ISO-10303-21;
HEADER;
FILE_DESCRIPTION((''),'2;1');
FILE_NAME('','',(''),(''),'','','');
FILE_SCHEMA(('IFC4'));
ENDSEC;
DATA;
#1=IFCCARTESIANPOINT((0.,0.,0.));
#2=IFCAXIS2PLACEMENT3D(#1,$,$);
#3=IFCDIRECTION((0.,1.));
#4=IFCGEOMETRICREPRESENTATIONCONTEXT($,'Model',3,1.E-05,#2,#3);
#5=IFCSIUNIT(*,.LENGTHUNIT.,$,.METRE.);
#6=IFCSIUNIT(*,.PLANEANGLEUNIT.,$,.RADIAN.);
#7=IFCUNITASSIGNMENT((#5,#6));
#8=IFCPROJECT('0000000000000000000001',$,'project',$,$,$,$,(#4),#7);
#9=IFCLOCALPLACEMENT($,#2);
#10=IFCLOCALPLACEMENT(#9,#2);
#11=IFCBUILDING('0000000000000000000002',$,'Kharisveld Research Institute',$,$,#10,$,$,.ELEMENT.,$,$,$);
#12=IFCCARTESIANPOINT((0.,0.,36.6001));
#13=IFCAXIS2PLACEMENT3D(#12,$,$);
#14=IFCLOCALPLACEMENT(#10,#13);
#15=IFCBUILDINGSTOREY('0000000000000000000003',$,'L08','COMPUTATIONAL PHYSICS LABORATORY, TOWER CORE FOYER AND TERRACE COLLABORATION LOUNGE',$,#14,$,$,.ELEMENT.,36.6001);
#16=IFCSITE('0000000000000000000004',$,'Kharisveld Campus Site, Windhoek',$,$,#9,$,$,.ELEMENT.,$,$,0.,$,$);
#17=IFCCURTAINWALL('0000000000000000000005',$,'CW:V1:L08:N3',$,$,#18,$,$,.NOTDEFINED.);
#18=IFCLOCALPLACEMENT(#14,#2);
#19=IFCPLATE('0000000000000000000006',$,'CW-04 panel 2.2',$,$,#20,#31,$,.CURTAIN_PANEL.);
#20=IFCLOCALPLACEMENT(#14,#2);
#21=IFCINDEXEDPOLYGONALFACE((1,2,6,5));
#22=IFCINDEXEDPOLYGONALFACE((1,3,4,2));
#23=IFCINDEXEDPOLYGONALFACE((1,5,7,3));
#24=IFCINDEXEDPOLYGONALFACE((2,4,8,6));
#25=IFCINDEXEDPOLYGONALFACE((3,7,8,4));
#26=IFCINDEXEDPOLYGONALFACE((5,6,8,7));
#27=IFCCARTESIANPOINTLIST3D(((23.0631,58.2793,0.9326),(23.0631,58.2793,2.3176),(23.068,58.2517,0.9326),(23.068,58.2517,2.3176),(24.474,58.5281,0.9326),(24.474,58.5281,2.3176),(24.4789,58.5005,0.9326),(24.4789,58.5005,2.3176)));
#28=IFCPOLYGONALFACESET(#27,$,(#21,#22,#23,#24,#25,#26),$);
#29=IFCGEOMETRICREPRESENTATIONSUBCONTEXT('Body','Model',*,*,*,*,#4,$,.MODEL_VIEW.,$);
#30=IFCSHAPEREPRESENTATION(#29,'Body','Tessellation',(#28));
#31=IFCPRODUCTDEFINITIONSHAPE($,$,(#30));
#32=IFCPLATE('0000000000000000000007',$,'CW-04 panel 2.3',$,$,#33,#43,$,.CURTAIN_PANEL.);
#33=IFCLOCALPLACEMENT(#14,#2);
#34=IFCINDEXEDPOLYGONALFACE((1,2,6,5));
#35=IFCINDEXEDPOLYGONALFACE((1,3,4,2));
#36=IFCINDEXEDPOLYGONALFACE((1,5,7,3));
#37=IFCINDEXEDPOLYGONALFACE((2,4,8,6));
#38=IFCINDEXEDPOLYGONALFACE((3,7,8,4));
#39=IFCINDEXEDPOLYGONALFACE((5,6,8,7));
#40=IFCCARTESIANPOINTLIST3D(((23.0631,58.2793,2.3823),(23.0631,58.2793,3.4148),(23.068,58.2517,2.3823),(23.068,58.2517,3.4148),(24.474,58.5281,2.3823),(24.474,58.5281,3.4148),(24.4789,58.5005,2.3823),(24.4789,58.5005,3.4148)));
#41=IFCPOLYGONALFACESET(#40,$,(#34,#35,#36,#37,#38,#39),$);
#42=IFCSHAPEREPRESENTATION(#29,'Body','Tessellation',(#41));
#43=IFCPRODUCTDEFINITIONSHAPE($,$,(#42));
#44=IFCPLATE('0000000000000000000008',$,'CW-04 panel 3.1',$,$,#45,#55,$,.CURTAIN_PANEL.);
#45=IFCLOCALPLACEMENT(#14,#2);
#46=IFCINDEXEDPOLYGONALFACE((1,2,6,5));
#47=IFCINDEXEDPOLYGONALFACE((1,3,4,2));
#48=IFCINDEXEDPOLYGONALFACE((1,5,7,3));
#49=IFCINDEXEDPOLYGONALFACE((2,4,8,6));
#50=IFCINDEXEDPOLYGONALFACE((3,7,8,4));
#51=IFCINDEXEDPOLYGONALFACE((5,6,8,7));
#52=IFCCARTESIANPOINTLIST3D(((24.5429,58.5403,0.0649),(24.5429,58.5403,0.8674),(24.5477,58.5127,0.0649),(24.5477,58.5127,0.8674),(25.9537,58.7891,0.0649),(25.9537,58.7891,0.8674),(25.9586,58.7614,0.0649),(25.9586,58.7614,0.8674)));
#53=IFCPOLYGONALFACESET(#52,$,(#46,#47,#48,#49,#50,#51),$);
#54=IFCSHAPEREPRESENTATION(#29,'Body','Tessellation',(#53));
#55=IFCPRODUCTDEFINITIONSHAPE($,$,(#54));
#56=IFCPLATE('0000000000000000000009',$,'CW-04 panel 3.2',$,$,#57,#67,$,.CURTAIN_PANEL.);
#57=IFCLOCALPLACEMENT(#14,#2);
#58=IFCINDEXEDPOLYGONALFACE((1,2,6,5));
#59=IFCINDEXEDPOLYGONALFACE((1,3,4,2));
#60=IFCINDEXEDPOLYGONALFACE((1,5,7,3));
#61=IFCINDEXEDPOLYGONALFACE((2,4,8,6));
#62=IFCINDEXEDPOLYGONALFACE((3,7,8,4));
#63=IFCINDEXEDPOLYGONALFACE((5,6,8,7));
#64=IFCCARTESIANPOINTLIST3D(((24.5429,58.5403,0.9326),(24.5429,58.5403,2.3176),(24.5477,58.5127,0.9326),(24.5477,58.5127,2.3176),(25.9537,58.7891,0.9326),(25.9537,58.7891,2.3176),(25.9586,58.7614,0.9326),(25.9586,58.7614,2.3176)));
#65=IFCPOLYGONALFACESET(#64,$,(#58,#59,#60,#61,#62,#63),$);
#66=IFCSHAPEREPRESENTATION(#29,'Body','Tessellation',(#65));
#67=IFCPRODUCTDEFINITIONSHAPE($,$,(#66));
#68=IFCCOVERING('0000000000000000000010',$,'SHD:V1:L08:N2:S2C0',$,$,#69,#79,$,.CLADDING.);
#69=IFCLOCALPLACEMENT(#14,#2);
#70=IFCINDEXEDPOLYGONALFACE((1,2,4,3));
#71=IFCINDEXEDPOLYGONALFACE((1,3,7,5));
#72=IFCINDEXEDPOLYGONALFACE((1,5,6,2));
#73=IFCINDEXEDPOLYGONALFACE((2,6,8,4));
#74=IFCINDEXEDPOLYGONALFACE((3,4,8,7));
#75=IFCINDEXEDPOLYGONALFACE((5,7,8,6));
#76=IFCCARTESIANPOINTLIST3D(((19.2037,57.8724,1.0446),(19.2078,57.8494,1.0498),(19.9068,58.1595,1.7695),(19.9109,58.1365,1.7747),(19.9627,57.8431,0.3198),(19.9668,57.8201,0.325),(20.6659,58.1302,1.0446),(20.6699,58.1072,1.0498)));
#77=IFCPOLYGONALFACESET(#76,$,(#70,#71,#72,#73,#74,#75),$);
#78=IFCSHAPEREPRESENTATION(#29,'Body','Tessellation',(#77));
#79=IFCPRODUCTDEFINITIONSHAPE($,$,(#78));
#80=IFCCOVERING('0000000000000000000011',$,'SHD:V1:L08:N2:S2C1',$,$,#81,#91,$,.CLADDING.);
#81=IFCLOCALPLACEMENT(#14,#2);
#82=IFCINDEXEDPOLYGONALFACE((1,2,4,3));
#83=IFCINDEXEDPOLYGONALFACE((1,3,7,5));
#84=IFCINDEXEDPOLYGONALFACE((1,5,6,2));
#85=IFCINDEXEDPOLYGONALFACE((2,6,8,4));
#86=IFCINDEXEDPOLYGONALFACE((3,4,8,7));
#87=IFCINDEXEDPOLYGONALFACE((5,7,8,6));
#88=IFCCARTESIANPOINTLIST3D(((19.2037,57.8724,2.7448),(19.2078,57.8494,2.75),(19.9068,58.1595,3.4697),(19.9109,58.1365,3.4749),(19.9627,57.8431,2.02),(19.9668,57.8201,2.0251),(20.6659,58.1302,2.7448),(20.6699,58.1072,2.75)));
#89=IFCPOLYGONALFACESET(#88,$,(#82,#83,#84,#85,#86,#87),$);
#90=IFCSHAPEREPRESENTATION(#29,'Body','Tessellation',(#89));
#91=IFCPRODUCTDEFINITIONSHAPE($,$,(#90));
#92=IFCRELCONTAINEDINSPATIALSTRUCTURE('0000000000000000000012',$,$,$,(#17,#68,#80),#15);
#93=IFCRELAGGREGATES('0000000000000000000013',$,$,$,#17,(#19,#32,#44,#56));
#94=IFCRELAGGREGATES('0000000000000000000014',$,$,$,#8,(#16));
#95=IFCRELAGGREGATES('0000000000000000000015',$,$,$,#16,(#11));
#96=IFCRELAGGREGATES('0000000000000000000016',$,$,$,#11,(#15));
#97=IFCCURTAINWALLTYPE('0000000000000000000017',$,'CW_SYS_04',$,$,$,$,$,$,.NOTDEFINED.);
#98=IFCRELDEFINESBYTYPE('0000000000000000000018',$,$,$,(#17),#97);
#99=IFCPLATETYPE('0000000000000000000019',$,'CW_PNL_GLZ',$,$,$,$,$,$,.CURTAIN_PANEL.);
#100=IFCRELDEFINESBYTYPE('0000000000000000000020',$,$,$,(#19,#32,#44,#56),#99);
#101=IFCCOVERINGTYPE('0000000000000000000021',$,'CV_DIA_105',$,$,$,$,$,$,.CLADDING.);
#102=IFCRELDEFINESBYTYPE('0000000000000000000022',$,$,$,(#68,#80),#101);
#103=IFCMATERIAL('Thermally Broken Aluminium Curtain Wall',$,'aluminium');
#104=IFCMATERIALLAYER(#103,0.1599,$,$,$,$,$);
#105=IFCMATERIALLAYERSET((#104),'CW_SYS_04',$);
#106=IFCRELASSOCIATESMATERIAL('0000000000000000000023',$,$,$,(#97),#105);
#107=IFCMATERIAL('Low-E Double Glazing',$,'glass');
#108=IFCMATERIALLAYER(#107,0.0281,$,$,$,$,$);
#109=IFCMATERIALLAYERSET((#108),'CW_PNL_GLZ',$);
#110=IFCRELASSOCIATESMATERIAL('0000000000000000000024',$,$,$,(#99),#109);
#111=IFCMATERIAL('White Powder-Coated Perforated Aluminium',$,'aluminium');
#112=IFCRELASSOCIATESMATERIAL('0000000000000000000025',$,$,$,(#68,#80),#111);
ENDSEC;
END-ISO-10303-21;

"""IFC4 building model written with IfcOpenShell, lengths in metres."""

from ifc_helpers import new_model, si_unit, direction, frame, origin, origin_2d, place, context, subcontext, project, spatial, polyline, rectangle, outline, extrude, material, layer, layer_set, type_object, element, aggregate, save


model = new_model("IFC4")

# Units and contexts
model_context = context("Model", 3, precision=1e-05, world=origin(), true_north=direction((0.0, 1.0)))
body_context = subcontext(model_context, "Body", "Model", "MODEL_VIEW")
ifc_project = project(units=[si_unit("LENGTHUNIT", "METRE"), si_unit("PLANEANGLEUNIT", "RADIAN")], contexts=[model_context])

# Site, building, storey
site_placement = place(None, origin())
site = spatial("IfcSite", under=ifc_project, at=site_placement, Name="Kharisveld Campus Site, Windhoek", CompositionType="ELEMENT", RefElevation=0.0)
building_placement = place(site_placement, origin())
building = spatial("IfcBuilding", under=site, at=building_placement, Name="Kharisveld Research Institute", CompositionType="ELEMENT")
storey_placement = place(building_placement, frame((0.0, 0.0, 36.6001)))
storey = spatial("IfcBuildingStorey", under=building, at=storey_placement, Name="L08", Description="COMPUTATIONAL PHYSICS LABORATORY, TOWER CORE FOYER AND TERRACE COLLABORATION LOUNGE", CompositionType="ELEMENT", Elevation=36.6001)

# Curtain wall
ifc_material_1 = material(Name="Thermally Broken Aluminium Curtain Wall", Category="aluminium")
ifc_layer_1 = layer(ifc_material_1, 0.1599)
ifc_layer_set_1 = layer_set([ifc_layer_1], Name="CW_SYS_04")
curtain_wall_type_1 = type_object("IfcCurtainWallType", Name="CW_SYS_04", PredefinedType="NOTDEFINED", material=ifc_layer_set_1)
curtain_wall_1_placement = place(storey_placement, origin())
curtain_wall_1 = element("IfcCurtainWall", 1, at=curtain_wall_1_placement, inside=storey, type_object=curtain_wall_type_1, Name="CW:V1:L08:N3", PredefinedType="NOTDEFINED")

# Plates
ifc_material_2 = material(Name="Low-E Double Glazing", Category="glass")
ifc_layer_2 = layer(ifc_material_2, 0.0281)
ifc_layer_set_2 = layer_set([ifc_layer_2], Name="CW_PNL_GLZ")
plate_type = type_object("IfcPlateType", Name="CW_PNL_GLZ", PredefinedType="CURTAIN_PANEL", material=ifc_layer_set_2)
plate_1_placement = place(storey_placement, frame((23.771, 58.3899, 0.9326), z_axis=(0.0, 0.0, 1.0), x_axis=(0.984808, 0.173648, 0.0)))
plate_1 = element("IfcPlate", 2, at=plate_1_placement, type_object=plate_type, Name="CW-04 panel 2.2", PredefinedType="CURTAIN_PANEL", context=body_context, shape_type="SweptSolid", body=[
    extrude(rectangle(XDim=1.4326, YDim=0.0281, at=origin_2d()), origin(), (0.0, 0.0, 1.0), 1.385),
])
plate_2_placement = place(storey_placement, frame((23.771, 58.3899, 2.3823), z_axis=(0.0, 0.0, 1.0), x_axis=(0.984808, 0.173648, 0.0)))
plate_2 = element("IfcPlate", 3, at=plate_2_placement, type_object=plate_type, Name="CW-04 panel 2.3", PredefinedType="CURTAIN_PANEL", context=body_context, shape_type="SweptSolid", body=[
    extrude(rectangle(XDim=1.4326, YDim=0.0281, at=origin_2d()), origin(), (0.0, 0.0, 1.0), 1.0325),
])
plate_3_placement = place(storey_placement, frame((25.2507, 58.6509, 0.0649), z_axis=(0.0, 0.0, 1.0), x_axis=(0.984808, 0.173648, 0.0)))
plate_3 = element("IfcPlate", 4, at=plate_3_placement, type_object=plate_type, Name="CW-04 panel 3.1", PredefinedType="CURTAIN_PANEL", context=body_context, shape_type="SweptSolid", body=[
    extrude(rectangle(XDim=1.4326, YDim=0.0281, at=origin_2d()), origin(), (0.0, 0.0, 1.0), 0.8025),
])
plate_4_placement = place(storey_placement, frame((25.2507, 58.6509, 0.9326), z_axis=(0.0, 0.0, 1.0), x_axis=(0.984808, 0.173648, 0.0)))
plate_4 = element("IfcPlate", 5, at=plate_4_placement, type_object=plate_type, Name="CW-04 panel 3.2", PredefinedType="CURTAIN_PANEL", context=body_context, shape_type="SweptSolid", body=[
    extrude(rectangle(XDim=1.4326, YDim=0.0281, at=origin_2d()), origin(), (0.0, 0.0, 1.0), 1.385),
])
aggregate(curtain_wall_1, [plate_1, plate_2, plate_3, plate_4])

# Coverings
ifc_material_3 = material(Name="White Powder-Coated Perforated Aluminium", Category="aluminium")
covering_type = type_object("IfcCoveringType", Name="CV_DIA_105", PredefinedType="CLADDING")
for number, where, z_axis, x_axis, name in (
    (6, (19.9668, 57.8201, 0.325), (0.169531, -0.961476, 0.216385), (0.669725, 0.273471, 0.690421), "SHD:V1:L08:N2:S2C0"),
    (7, (19.9668, 57.8201, 2.0251), (0.169531, -0.961476, 0.216385), (0.669725, 0.273471, 0.690421), "SHD:V1:L08:N2:S2C1"),
):
    element("IfcCovering", number, at=place(storey_placement, frame(where, z_axis=z_axis, x_axis=x_axis)), inside=storey, type_object=covering_type, material=ifc_material_3, Name=name, PredefinedType="CLADDING", context=body_context, shape_type="SweptSolid", body=[
        extrude(outline(polyline([(0.0, 0.0), (1.0499, 0.0), (1.05, 1.05), (0.0001, 1.05), (0.0, 0.0)])), origin(), (0.0, 0.0, -1.0), 0.0239),
    ])

save(model, "model.ifc")
